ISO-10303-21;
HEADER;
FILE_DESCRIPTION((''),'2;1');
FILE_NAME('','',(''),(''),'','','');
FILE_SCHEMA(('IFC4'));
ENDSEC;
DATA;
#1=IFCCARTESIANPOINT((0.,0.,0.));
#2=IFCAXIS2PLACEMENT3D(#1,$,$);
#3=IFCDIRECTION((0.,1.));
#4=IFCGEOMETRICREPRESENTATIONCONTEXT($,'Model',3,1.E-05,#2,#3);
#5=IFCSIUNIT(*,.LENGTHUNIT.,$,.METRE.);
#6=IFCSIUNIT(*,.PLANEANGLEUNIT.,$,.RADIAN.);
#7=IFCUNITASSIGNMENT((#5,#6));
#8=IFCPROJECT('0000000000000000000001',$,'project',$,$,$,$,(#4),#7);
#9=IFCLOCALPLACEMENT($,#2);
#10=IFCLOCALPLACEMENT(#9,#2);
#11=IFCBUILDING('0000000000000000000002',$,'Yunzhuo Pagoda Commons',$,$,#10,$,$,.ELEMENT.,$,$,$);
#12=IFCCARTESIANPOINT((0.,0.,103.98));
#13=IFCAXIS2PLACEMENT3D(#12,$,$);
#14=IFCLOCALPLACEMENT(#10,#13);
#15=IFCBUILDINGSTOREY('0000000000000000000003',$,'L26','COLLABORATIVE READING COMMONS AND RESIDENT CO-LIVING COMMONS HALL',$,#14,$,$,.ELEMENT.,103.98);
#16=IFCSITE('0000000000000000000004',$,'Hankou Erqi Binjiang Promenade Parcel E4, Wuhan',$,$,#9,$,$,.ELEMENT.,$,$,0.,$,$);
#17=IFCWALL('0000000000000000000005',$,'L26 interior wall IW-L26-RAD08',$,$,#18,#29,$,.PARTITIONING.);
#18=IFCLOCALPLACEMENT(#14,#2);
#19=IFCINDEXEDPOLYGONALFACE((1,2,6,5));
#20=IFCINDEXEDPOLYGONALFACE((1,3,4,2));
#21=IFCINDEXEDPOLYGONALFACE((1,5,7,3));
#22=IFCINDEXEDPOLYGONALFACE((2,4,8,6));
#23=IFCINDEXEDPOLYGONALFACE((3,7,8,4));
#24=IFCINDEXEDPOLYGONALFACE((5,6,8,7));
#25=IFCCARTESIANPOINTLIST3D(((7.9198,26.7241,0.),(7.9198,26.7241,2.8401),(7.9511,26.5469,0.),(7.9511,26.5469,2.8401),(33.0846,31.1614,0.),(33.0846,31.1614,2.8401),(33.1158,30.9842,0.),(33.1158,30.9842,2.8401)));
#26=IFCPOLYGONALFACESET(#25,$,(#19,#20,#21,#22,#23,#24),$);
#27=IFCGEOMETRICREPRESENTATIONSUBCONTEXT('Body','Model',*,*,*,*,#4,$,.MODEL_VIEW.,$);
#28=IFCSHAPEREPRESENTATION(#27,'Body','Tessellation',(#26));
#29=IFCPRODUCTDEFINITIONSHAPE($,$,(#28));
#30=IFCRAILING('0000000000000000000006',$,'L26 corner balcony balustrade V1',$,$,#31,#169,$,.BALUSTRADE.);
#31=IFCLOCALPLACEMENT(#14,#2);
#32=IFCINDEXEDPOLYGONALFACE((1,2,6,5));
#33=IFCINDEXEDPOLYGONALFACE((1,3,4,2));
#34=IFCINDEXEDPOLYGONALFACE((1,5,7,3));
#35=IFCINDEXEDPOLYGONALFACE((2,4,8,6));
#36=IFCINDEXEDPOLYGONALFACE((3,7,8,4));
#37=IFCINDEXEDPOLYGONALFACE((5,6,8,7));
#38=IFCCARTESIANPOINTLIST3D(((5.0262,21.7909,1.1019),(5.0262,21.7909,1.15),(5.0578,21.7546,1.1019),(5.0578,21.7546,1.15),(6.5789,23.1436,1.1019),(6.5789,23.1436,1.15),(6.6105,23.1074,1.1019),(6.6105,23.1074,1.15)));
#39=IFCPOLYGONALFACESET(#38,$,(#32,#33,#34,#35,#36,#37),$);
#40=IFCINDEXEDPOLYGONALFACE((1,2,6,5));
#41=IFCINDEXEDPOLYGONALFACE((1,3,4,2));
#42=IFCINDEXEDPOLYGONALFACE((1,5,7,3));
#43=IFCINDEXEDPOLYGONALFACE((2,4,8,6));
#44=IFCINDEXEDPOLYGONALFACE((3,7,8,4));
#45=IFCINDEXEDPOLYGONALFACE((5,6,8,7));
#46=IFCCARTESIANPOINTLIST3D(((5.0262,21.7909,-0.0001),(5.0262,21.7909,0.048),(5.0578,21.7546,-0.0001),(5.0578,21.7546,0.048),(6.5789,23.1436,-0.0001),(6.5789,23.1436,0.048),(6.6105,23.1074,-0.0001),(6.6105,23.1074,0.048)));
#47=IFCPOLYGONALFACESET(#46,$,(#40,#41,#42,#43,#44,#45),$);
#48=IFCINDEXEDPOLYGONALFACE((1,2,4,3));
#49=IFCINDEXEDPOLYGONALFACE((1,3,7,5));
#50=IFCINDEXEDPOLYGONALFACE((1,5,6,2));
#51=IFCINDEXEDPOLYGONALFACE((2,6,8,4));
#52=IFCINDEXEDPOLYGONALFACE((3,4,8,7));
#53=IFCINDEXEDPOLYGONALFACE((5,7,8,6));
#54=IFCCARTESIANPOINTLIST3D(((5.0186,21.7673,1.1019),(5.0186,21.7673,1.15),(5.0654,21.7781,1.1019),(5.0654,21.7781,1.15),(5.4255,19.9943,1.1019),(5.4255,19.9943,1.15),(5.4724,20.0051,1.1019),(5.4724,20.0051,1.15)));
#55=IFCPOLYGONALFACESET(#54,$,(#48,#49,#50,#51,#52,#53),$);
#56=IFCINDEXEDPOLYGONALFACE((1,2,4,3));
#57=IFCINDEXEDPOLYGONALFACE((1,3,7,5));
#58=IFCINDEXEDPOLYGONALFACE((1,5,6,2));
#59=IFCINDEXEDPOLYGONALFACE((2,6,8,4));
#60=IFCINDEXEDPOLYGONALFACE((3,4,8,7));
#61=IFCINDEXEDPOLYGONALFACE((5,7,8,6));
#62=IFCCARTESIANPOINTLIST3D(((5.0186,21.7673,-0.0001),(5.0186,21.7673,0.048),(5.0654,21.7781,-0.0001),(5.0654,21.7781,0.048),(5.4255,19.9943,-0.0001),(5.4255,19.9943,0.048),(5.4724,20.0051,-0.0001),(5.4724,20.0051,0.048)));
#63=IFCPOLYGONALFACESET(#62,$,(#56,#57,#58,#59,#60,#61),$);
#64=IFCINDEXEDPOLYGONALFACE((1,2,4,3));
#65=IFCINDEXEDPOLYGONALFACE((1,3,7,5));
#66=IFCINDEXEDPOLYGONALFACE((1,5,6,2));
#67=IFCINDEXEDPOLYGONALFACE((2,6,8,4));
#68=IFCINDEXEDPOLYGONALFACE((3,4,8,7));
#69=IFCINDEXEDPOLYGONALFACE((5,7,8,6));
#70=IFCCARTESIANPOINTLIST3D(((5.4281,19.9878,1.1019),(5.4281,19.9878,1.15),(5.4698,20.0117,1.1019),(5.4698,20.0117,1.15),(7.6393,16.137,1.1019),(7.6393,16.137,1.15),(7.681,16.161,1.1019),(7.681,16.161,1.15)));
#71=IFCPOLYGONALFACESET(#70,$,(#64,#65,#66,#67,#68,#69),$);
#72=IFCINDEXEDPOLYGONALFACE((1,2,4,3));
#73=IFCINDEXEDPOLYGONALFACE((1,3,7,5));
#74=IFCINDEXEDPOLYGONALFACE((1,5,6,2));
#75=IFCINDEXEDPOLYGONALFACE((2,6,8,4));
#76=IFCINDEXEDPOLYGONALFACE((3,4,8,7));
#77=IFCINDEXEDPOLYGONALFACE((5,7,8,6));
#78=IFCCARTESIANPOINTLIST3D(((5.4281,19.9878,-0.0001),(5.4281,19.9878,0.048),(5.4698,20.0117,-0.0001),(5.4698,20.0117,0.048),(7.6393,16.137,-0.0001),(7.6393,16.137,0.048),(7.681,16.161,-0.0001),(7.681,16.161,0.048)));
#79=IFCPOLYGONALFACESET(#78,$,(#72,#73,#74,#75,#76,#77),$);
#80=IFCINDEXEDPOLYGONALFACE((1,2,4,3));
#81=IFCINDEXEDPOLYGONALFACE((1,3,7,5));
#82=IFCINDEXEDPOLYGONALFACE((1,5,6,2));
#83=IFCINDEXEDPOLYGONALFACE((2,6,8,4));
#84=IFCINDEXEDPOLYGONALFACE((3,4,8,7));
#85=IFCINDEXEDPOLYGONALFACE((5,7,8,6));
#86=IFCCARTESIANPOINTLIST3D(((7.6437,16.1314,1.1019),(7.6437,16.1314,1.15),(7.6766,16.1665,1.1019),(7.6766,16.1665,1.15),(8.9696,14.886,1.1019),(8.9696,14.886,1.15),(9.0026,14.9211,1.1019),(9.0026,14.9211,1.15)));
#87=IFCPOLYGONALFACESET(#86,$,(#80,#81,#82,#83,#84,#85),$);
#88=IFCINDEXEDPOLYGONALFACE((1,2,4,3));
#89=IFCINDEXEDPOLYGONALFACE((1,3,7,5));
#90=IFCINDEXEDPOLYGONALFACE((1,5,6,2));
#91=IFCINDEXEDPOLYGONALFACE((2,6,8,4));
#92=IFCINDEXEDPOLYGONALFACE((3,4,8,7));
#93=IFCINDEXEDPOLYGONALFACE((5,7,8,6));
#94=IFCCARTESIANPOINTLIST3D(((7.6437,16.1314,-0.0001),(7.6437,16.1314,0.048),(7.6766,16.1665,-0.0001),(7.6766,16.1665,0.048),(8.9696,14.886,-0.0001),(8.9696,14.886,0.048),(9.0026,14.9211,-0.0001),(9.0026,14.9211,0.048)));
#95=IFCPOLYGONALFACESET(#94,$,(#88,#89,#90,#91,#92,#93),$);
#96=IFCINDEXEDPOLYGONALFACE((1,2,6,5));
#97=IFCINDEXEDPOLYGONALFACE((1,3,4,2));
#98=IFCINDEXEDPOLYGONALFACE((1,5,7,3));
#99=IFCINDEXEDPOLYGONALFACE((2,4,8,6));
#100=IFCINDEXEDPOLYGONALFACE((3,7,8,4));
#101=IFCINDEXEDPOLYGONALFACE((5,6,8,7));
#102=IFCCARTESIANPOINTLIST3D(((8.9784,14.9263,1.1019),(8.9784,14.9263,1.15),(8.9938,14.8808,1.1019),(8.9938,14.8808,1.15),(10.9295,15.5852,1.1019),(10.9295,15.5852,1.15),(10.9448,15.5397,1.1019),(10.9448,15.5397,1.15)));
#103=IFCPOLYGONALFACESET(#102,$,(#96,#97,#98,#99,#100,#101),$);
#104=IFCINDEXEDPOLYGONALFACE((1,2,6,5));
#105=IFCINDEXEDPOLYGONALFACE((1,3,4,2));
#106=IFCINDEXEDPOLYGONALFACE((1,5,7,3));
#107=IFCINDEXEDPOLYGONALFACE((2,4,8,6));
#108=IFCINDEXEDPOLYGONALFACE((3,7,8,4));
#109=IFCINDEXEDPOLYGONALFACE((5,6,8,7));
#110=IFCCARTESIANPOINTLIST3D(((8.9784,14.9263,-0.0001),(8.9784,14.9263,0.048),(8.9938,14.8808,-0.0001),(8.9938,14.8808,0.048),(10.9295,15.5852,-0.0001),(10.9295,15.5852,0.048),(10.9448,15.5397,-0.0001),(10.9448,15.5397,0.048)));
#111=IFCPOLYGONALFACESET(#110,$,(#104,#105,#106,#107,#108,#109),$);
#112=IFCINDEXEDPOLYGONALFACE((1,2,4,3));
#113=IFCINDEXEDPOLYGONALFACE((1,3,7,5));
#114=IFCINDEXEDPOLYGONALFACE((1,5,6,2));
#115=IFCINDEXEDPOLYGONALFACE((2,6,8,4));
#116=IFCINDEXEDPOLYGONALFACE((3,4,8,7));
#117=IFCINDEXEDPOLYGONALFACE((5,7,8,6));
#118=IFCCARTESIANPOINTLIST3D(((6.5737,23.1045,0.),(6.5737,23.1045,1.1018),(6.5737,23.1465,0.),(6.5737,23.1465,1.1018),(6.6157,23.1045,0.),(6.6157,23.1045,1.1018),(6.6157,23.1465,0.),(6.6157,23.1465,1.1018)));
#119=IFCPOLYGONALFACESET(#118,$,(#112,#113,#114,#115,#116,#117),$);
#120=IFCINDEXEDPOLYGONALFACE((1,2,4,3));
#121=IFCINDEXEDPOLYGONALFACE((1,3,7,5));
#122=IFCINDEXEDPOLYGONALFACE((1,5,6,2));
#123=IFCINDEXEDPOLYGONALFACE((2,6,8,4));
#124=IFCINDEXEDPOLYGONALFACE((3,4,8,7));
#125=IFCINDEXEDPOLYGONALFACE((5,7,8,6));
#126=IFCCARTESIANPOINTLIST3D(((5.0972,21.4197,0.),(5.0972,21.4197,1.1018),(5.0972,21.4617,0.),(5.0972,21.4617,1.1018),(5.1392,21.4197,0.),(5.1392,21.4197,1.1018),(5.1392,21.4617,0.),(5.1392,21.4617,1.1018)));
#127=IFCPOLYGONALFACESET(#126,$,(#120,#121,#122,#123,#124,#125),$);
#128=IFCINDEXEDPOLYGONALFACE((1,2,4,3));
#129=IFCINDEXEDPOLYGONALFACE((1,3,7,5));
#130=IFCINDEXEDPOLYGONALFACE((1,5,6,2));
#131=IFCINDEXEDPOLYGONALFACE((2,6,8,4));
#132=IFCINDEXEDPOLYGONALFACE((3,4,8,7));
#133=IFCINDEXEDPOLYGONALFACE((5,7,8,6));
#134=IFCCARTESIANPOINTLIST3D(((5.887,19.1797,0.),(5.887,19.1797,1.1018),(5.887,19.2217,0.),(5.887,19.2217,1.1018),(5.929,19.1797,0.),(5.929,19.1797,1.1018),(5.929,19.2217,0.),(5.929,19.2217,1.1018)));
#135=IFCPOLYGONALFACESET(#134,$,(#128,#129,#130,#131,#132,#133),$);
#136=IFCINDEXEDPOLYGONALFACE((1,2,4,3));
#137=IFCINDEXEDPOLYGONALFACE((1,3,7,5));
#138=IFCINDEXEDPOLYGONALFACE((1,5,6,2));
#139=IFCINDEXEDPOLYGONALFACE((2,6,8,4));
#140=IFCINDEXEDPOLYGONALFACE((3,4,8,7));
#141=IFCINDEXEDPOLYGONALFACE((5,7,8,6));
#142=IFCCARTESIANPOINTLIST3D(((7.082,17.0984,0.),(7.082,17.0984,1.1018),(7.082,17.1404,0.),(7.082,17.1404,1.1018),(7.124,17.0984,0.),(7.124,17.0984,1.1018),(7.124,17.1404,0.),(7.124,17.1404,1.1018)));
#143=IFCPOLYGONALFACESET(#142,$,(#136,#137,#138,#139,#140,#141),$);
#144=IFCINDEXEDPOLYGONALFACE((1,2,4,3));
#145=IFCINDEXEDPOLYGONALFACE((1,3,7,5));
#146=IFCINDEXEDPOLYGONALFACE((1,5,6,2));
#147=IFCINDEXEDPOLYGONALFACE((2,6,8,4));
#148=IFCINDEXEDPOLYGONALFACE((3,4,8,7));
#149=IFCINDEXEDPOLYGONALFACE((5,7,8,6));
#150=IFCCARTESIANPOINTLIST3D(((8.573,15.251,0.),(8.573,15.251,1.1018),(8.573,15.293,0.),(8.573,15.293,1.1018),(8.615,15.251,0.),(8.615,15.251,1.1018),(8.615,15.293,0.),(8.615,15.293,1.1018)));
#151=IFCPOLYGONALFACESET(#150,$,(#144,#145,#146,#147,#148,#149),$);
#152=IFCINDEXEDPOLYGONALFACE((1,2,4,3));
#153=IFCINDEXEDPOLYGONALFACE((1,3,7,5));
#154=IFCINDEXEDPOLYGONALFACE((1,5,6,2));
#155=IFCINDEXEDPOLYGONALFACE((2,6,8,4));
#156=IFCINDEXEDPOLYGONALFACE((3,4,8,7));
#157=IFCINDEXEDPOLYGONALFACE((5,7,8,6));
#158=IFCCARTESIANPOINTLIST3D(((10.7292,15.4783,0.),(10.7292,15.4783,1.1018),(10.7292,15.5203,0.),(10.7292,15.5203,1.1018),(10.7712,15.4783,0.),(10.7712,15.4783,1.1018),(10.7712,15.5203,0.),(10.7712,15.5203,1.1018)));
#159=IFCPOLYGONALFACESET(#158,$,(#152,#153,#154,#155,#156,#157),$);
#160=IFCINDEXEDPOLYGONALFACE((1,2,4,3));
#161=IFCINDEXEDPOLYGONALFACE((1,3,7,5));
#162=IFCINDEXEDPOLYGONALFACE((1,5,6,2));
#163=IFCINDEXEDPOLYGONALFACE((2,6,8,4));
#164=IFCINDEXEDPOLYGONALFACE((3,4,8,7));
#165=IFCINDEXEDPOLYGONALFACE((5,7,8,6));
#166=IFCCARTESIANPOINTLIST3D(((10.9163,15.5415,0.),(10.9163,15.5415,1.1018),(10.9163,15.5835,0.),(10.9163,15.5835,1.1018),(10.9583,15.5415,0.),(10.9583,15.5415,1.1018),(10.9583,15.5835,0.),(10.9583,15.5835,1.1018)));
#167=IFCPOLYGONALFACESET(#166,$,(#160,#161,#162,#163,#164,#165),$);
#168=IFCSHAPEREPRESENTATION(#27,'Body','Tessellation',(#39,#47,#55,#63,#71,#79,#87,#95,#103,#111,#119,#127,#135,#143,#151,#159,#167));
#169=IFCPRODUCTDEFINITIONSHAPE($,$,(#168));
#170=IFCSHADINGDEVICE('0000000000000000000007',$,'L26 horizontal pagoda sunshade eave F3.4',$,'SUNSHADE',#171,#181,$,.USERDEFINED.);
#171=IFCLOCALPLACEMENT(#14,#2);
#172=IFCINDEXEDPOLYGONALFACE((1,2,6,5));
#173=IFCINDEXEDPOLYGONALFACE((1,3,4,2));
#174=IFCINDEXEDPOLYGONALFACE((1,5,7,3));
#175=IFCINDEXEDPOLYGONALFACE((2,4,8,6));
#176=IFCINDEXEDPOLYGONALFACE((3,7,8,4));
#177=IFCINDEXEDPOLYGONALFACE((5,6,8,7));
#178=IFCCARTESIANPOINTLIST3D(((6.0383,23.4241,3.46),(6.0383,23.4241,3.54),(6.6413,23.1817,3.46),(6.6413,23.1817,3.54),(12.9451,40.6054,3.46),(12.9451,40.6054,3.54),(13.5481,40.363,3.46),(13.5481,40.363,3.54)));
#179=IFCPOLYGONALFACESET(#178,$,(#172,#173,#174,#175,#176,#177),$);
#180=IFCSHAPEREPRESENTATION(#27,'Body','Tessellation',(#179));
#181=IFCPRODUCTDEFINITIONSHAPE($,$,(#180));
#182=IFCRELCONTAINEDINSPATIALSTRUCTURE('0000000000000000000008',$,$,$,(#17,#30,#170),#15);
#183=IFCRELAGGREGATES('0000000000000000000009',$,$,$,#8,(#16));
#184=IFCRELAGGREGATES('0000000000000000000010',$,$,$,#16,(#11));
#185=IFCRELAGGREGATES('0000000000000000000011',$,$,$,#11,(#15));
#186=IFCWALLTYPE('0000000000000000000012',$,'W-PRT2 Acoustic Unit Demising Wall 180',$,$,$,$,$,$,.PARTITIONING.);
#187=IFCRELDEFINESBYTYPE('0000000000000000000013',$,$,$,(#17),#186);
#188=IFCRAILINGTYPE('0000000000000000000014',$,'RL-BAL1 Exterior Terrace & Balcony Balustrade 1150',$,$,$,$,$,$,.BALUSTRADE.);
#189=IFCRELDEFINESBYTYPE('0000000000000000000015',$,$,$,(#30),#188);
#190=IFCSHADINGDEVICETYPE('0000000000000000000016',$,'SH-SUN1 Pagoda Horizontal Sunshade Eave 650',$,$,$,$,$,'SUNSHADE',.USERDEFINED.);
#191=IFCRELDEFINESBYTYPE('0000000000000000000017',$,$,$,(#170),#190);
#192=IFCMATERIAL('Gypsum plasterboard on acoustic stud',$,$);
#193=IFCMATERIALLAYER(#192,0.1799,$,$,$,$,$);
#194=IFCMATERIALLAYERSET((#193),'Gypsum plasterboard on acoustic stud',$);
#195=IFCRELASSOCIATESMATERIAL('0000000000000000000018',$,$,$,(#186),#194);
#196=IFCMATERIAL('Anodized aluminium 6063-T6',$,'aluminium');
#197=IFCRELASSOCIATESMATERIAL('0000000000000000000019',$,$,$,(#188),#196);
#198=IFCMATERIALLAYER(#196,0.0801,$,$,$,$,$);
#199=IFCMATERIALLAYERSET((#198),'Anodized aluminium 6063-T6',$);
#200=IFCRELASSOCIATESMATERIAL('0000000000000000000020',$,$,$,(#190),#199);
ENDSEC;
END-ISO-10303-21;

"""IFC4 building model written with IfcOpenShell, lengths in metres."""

from ifc_helpers import new_model, si_unit, direction, frame, frame_2d, origin, origin_2d, place, context, subcontext, project, spatial, rectangle, extrude, source, transform, mapped, material, layer, layer_set, type_object, element, save


model = new_model("IFC4")

# Units and contexts
model_context = context("Model", 3, precision=1e-05, world=origin(), true_north=direction((0.0, 1.0)))
body_context = subcontext(model_context, "Body", "Model", "MODEL_VIEW")
ifc_project = project(units=[si_unit("LENGTHUNIT", "METRE"), si_unit("PLANEANGLEUNIT", "RADIAN")], contexts=[model_context])

# Site, building, storey
site_placement = place(None, origin())
site = spatial("IfcSite", under=ifc_project, at=site_placement, Name="Hankou Erqi Binjiang Promenade Parcel E4, Wuhan", CompositionType="ELEMENT", RefElevation=0.0)
building_placement = place(site_placement, origin())
building = spatial("IfcBuilding", under=site, at=building_placement, Name="Yunzhuo Pagoda Commons", CompositionType="ELEMENT")
storey_placement = place(building_placement, frame((0.0, 0.0, 103.98)))
storey = spatial("IfcBuildingStorey", under=building, at=storey_placement, Name="L26", Description="COLLABORATIVE READING COMMONS AND RESIDENT CO-LIVING COMMONS HALL", CompositionType="ELEMENT", Elevation=103.98)

# Shared definitions
ifc_material_1 = material(Name="Anodized aluminium 6063-T6", Category="aluminium")

# Shared definitions
ifc_material_2 = material(Name="Gypsum plasterboard on acoustic stud")

# Wall
ifc_layer_1 = layer(ifc_material_2, 0.1799)
ifc_layer_set_1 = layer_set([ifc_layer_1], Name="Gypsum plasterboard on acoustic stud")
wall_type_1 = type_object("IfcWallType", Name="W-PRT2 Acoustic Unit Demising Wall 180", PredefinedType="PARTITIONING", material=ifc_layer_set_1)
wall_1_placement = place(storey_placement, frame((33.1001, 31.0728, 0.0), z_axis=(0.0, 0.0, 1.0), x_axis=(-0.984808, -0.173649, 0.0)))
element("IfcWall", 1, at=wall_1_placement, inside=storey, type_object=wall_type_1, Name="L26 interior wall IW-L26-RAD08", PredefinedType="PARTITIONING", context=body_context, shape_type="SweptSolid", body=[
    extrude(rectangle(XDim=25.553, YDim=0.1799, at=frame_2d((12.7764, 0.0))), origin(), (0.0, 0.0, 1.0), 2.8401),
])

# Railing
railing_type = type_object("IfcRailingType", Name="RL-BAL1 Exterior Terrace & Balcony Balustrade 1150", PredefinedType="BALUSTRADE", material=ifc_material_1)
railing_placement = place(storey_placement, frame((6.5947, 23.1255, 0.0)))
element("IfcRailing", 2, at=railing_placement, inside=storey, type_object=railing_type, Name="L26 corner balcony balustrade V1", PredefinedType="BALUSTRADE", context=body_context, shape_type="SweptSolid", body=[
    extrude(rectangle(XDim=0.0481, YDim=0.0481, at=origin_2d()), frame((0.0, 0.0, 1.126), z_axis=(-0.753985, -0.656892, 0.0), x_axis=(0.656892, -0.753985, 0.0)), (0.0, 0.0, 1.0), 2.0593),
    extrude(rectangle(XDim=0.0481, YDim=0.0481, at=origin_2d()), frame((0.0, 0.0, 0.0239), z_axis=(-0.753985, -0.656892, 0.0), x_axis=(0.656892, -0.753985, 0.0)), (0.0, 0.0, 1.0), 2.0593),
    extrude(rectangle(XDim=0.0481, YDim=0.0481, at=origin_2d()), frame((-1.5527, -1.3528, 1.126), z_axis=(0.223732, -0.974651, 0.0), x_axis=(0.974651, 0.223732, 0.0)), (0.0, 0.0, 1.0), 1.8191),
    extrude(rectangle(XDim=0.0481, YDim=0.0481, at=origin_2d()), frame((-1.5527, -1.3528, 0.0239), z_axis=(0.223732, -0.974651, 0.0), x_axis=(0.974651, 0.223732, 0.0)), (0.0, 0.0, 1.0), 1.8191),
    extrude(rectangle(XDim=0.0481, YDim=0.0481, at=origin_2d()), frame((-1.1458, -3.1257, 1.126), z_axis=(0.497956, -0.867203, 0.0), x_axis=(0.867203, 0.497956, 0.0)), (0.0, 0.0, 1.0), 4.4404),
    extrude(rectangle(XDim=0.0481, YDim=0.0481, at=origin_2d()), frame((-1.1458, -3.1257, 0.0239), z_axis=(0.497956, -0.867203, 0.0), x_axis=(0.867203, 0.497956, 0.0)), (0.0, 0.0, 1.0), 4.4404),
    extrude(rectangle(XDim=0.0481, YDim=0.0481, at=origin_2d()), frame((1.0654, -6.9766, 1.126), z_axis=(0.728905, -0.684615, 0.0), x_axis=(0.684615, 0.728905, 0.0)), (0.0, 0.0, 1.0), 1.8191),
    extrude(rectangle(XDim=0.0481, YDim=0.0481, at=origin_2d()), frame((1.0654, -6.9766, 0.0239), z_axis=(0.728905, -0.684615, 0.0), x_axis=(0.684615, 0.728905, 0.0)), (0.0, 0.0, 1.0), 1.8191),
    extrude(rectangle(XDim=0.0481, YDim=0.0481, at=origin_2d()), frame((2.3914, -8.2219, 1.126), z_axis=(0.947431, 0.31996, 0.0), x_axis=(-0.31996, 0.947431, 0.0)), (0.0, 0.0, 1.0), 2.0593),
    extrude(rectangle(XDim=0.0481, YDim=0.0481, at=origin_2d()), frame((2.3914, -8.2219, 0.0239), z_axis=(0.947431, 0.31996, 0.0), x_axis=(-0.31996, 0.947431, 0.0)), (0.0, 0.0, 1.0), 2.0593),
    extrude(rectangle(XDim=0.042, YDim=0.042, at=origin_2d()), origin(), (0.0, 0.0, 1.0), 1.1018),
    extrude(rectangle(XDim=0.042, YDim=0.042, at=origin_2d()), frame((-1.4766, -1.6848, 0.0)), (0.0, 0.0, 1.0), 1.1018),
    extrude(rectangle(XDim=0.042, YDim=0.042, at=origin_2d()), frame((-0.6868, -3.9248, 0.0)), (0.0, 0.0, 1.0), 1.1018),
    extrude(rectangle(XDim=0.042, YDim=0.042, at=origin_2d()), frame((0.5083, -6.0061, 0.0)), (0.0, 0.0, 1.0), 1.1018),
    extrude(rectangle(XDim=0.042, YDim=0.042, at=origin_2d()), frame((1.9993, -7.8535, 0.0)), (0.0, 0.0, 1.0), 1.1018),
    extrude(rectangle(XDim=0.042, YDim=0.042, at=origin_2d()), frame((4.1555, -7.6262, 0.0)), (0.0, 0.0, 1.0), 1.1018),
    extrude(rectangle(XDim=0.042, YDim=0.042, at=origin_2d()), frame((4.3425, -7.563, 0.0)), (0.0, 0.0, 1.0), 1.1018),
])

# Shading device
ifc_layer_2 = layer(ifc_material_1, 0.0801)
ifc_layer_set_2 = layer_set([ifc_layer_2], Name="Anodized aluminium 6063-T6")
shading_device_type = type_object("IfcShadingDeviceType", Name="SH-SUN1 Pagoda Horizontal Sunshade Eave 650", ElementType="SUNSHADE", PredefinedType="USERDEFINED", material=ifc_layer_set_2)
shared_shape_1 = source(origin(), body_context, "Body", "SweptSolid", [
    extrude(rectangle(XDim=18.5176, YDim=0.6499, at=origin_2d()), origin(), (0.0, 0.0, 1.0), 0.0801),
])
shading_device_placement = place(storey_placement, frame((9.7932, 31.8936, 3.46), z_axis=(0.0, 0.0, 1.0), x_axis=(-0.372988, -0.927836, 0.0)))
element("IfcShadingDevice", 3, at=shading_device_placement, inside=storey, type_object=shading_device_type, Name="L26 horizontal pagoda sunshade eave F3.4", ObjectType="SUNSHADE", PredefinedType="USERDEFINED", context=body_context, shape_type="MappedRepresentation", body=[
    mapped(shared_shape_1, transform((0.0, 0.0, 0.0), scale=1.0)),
])

save(model, "model.ifc")
